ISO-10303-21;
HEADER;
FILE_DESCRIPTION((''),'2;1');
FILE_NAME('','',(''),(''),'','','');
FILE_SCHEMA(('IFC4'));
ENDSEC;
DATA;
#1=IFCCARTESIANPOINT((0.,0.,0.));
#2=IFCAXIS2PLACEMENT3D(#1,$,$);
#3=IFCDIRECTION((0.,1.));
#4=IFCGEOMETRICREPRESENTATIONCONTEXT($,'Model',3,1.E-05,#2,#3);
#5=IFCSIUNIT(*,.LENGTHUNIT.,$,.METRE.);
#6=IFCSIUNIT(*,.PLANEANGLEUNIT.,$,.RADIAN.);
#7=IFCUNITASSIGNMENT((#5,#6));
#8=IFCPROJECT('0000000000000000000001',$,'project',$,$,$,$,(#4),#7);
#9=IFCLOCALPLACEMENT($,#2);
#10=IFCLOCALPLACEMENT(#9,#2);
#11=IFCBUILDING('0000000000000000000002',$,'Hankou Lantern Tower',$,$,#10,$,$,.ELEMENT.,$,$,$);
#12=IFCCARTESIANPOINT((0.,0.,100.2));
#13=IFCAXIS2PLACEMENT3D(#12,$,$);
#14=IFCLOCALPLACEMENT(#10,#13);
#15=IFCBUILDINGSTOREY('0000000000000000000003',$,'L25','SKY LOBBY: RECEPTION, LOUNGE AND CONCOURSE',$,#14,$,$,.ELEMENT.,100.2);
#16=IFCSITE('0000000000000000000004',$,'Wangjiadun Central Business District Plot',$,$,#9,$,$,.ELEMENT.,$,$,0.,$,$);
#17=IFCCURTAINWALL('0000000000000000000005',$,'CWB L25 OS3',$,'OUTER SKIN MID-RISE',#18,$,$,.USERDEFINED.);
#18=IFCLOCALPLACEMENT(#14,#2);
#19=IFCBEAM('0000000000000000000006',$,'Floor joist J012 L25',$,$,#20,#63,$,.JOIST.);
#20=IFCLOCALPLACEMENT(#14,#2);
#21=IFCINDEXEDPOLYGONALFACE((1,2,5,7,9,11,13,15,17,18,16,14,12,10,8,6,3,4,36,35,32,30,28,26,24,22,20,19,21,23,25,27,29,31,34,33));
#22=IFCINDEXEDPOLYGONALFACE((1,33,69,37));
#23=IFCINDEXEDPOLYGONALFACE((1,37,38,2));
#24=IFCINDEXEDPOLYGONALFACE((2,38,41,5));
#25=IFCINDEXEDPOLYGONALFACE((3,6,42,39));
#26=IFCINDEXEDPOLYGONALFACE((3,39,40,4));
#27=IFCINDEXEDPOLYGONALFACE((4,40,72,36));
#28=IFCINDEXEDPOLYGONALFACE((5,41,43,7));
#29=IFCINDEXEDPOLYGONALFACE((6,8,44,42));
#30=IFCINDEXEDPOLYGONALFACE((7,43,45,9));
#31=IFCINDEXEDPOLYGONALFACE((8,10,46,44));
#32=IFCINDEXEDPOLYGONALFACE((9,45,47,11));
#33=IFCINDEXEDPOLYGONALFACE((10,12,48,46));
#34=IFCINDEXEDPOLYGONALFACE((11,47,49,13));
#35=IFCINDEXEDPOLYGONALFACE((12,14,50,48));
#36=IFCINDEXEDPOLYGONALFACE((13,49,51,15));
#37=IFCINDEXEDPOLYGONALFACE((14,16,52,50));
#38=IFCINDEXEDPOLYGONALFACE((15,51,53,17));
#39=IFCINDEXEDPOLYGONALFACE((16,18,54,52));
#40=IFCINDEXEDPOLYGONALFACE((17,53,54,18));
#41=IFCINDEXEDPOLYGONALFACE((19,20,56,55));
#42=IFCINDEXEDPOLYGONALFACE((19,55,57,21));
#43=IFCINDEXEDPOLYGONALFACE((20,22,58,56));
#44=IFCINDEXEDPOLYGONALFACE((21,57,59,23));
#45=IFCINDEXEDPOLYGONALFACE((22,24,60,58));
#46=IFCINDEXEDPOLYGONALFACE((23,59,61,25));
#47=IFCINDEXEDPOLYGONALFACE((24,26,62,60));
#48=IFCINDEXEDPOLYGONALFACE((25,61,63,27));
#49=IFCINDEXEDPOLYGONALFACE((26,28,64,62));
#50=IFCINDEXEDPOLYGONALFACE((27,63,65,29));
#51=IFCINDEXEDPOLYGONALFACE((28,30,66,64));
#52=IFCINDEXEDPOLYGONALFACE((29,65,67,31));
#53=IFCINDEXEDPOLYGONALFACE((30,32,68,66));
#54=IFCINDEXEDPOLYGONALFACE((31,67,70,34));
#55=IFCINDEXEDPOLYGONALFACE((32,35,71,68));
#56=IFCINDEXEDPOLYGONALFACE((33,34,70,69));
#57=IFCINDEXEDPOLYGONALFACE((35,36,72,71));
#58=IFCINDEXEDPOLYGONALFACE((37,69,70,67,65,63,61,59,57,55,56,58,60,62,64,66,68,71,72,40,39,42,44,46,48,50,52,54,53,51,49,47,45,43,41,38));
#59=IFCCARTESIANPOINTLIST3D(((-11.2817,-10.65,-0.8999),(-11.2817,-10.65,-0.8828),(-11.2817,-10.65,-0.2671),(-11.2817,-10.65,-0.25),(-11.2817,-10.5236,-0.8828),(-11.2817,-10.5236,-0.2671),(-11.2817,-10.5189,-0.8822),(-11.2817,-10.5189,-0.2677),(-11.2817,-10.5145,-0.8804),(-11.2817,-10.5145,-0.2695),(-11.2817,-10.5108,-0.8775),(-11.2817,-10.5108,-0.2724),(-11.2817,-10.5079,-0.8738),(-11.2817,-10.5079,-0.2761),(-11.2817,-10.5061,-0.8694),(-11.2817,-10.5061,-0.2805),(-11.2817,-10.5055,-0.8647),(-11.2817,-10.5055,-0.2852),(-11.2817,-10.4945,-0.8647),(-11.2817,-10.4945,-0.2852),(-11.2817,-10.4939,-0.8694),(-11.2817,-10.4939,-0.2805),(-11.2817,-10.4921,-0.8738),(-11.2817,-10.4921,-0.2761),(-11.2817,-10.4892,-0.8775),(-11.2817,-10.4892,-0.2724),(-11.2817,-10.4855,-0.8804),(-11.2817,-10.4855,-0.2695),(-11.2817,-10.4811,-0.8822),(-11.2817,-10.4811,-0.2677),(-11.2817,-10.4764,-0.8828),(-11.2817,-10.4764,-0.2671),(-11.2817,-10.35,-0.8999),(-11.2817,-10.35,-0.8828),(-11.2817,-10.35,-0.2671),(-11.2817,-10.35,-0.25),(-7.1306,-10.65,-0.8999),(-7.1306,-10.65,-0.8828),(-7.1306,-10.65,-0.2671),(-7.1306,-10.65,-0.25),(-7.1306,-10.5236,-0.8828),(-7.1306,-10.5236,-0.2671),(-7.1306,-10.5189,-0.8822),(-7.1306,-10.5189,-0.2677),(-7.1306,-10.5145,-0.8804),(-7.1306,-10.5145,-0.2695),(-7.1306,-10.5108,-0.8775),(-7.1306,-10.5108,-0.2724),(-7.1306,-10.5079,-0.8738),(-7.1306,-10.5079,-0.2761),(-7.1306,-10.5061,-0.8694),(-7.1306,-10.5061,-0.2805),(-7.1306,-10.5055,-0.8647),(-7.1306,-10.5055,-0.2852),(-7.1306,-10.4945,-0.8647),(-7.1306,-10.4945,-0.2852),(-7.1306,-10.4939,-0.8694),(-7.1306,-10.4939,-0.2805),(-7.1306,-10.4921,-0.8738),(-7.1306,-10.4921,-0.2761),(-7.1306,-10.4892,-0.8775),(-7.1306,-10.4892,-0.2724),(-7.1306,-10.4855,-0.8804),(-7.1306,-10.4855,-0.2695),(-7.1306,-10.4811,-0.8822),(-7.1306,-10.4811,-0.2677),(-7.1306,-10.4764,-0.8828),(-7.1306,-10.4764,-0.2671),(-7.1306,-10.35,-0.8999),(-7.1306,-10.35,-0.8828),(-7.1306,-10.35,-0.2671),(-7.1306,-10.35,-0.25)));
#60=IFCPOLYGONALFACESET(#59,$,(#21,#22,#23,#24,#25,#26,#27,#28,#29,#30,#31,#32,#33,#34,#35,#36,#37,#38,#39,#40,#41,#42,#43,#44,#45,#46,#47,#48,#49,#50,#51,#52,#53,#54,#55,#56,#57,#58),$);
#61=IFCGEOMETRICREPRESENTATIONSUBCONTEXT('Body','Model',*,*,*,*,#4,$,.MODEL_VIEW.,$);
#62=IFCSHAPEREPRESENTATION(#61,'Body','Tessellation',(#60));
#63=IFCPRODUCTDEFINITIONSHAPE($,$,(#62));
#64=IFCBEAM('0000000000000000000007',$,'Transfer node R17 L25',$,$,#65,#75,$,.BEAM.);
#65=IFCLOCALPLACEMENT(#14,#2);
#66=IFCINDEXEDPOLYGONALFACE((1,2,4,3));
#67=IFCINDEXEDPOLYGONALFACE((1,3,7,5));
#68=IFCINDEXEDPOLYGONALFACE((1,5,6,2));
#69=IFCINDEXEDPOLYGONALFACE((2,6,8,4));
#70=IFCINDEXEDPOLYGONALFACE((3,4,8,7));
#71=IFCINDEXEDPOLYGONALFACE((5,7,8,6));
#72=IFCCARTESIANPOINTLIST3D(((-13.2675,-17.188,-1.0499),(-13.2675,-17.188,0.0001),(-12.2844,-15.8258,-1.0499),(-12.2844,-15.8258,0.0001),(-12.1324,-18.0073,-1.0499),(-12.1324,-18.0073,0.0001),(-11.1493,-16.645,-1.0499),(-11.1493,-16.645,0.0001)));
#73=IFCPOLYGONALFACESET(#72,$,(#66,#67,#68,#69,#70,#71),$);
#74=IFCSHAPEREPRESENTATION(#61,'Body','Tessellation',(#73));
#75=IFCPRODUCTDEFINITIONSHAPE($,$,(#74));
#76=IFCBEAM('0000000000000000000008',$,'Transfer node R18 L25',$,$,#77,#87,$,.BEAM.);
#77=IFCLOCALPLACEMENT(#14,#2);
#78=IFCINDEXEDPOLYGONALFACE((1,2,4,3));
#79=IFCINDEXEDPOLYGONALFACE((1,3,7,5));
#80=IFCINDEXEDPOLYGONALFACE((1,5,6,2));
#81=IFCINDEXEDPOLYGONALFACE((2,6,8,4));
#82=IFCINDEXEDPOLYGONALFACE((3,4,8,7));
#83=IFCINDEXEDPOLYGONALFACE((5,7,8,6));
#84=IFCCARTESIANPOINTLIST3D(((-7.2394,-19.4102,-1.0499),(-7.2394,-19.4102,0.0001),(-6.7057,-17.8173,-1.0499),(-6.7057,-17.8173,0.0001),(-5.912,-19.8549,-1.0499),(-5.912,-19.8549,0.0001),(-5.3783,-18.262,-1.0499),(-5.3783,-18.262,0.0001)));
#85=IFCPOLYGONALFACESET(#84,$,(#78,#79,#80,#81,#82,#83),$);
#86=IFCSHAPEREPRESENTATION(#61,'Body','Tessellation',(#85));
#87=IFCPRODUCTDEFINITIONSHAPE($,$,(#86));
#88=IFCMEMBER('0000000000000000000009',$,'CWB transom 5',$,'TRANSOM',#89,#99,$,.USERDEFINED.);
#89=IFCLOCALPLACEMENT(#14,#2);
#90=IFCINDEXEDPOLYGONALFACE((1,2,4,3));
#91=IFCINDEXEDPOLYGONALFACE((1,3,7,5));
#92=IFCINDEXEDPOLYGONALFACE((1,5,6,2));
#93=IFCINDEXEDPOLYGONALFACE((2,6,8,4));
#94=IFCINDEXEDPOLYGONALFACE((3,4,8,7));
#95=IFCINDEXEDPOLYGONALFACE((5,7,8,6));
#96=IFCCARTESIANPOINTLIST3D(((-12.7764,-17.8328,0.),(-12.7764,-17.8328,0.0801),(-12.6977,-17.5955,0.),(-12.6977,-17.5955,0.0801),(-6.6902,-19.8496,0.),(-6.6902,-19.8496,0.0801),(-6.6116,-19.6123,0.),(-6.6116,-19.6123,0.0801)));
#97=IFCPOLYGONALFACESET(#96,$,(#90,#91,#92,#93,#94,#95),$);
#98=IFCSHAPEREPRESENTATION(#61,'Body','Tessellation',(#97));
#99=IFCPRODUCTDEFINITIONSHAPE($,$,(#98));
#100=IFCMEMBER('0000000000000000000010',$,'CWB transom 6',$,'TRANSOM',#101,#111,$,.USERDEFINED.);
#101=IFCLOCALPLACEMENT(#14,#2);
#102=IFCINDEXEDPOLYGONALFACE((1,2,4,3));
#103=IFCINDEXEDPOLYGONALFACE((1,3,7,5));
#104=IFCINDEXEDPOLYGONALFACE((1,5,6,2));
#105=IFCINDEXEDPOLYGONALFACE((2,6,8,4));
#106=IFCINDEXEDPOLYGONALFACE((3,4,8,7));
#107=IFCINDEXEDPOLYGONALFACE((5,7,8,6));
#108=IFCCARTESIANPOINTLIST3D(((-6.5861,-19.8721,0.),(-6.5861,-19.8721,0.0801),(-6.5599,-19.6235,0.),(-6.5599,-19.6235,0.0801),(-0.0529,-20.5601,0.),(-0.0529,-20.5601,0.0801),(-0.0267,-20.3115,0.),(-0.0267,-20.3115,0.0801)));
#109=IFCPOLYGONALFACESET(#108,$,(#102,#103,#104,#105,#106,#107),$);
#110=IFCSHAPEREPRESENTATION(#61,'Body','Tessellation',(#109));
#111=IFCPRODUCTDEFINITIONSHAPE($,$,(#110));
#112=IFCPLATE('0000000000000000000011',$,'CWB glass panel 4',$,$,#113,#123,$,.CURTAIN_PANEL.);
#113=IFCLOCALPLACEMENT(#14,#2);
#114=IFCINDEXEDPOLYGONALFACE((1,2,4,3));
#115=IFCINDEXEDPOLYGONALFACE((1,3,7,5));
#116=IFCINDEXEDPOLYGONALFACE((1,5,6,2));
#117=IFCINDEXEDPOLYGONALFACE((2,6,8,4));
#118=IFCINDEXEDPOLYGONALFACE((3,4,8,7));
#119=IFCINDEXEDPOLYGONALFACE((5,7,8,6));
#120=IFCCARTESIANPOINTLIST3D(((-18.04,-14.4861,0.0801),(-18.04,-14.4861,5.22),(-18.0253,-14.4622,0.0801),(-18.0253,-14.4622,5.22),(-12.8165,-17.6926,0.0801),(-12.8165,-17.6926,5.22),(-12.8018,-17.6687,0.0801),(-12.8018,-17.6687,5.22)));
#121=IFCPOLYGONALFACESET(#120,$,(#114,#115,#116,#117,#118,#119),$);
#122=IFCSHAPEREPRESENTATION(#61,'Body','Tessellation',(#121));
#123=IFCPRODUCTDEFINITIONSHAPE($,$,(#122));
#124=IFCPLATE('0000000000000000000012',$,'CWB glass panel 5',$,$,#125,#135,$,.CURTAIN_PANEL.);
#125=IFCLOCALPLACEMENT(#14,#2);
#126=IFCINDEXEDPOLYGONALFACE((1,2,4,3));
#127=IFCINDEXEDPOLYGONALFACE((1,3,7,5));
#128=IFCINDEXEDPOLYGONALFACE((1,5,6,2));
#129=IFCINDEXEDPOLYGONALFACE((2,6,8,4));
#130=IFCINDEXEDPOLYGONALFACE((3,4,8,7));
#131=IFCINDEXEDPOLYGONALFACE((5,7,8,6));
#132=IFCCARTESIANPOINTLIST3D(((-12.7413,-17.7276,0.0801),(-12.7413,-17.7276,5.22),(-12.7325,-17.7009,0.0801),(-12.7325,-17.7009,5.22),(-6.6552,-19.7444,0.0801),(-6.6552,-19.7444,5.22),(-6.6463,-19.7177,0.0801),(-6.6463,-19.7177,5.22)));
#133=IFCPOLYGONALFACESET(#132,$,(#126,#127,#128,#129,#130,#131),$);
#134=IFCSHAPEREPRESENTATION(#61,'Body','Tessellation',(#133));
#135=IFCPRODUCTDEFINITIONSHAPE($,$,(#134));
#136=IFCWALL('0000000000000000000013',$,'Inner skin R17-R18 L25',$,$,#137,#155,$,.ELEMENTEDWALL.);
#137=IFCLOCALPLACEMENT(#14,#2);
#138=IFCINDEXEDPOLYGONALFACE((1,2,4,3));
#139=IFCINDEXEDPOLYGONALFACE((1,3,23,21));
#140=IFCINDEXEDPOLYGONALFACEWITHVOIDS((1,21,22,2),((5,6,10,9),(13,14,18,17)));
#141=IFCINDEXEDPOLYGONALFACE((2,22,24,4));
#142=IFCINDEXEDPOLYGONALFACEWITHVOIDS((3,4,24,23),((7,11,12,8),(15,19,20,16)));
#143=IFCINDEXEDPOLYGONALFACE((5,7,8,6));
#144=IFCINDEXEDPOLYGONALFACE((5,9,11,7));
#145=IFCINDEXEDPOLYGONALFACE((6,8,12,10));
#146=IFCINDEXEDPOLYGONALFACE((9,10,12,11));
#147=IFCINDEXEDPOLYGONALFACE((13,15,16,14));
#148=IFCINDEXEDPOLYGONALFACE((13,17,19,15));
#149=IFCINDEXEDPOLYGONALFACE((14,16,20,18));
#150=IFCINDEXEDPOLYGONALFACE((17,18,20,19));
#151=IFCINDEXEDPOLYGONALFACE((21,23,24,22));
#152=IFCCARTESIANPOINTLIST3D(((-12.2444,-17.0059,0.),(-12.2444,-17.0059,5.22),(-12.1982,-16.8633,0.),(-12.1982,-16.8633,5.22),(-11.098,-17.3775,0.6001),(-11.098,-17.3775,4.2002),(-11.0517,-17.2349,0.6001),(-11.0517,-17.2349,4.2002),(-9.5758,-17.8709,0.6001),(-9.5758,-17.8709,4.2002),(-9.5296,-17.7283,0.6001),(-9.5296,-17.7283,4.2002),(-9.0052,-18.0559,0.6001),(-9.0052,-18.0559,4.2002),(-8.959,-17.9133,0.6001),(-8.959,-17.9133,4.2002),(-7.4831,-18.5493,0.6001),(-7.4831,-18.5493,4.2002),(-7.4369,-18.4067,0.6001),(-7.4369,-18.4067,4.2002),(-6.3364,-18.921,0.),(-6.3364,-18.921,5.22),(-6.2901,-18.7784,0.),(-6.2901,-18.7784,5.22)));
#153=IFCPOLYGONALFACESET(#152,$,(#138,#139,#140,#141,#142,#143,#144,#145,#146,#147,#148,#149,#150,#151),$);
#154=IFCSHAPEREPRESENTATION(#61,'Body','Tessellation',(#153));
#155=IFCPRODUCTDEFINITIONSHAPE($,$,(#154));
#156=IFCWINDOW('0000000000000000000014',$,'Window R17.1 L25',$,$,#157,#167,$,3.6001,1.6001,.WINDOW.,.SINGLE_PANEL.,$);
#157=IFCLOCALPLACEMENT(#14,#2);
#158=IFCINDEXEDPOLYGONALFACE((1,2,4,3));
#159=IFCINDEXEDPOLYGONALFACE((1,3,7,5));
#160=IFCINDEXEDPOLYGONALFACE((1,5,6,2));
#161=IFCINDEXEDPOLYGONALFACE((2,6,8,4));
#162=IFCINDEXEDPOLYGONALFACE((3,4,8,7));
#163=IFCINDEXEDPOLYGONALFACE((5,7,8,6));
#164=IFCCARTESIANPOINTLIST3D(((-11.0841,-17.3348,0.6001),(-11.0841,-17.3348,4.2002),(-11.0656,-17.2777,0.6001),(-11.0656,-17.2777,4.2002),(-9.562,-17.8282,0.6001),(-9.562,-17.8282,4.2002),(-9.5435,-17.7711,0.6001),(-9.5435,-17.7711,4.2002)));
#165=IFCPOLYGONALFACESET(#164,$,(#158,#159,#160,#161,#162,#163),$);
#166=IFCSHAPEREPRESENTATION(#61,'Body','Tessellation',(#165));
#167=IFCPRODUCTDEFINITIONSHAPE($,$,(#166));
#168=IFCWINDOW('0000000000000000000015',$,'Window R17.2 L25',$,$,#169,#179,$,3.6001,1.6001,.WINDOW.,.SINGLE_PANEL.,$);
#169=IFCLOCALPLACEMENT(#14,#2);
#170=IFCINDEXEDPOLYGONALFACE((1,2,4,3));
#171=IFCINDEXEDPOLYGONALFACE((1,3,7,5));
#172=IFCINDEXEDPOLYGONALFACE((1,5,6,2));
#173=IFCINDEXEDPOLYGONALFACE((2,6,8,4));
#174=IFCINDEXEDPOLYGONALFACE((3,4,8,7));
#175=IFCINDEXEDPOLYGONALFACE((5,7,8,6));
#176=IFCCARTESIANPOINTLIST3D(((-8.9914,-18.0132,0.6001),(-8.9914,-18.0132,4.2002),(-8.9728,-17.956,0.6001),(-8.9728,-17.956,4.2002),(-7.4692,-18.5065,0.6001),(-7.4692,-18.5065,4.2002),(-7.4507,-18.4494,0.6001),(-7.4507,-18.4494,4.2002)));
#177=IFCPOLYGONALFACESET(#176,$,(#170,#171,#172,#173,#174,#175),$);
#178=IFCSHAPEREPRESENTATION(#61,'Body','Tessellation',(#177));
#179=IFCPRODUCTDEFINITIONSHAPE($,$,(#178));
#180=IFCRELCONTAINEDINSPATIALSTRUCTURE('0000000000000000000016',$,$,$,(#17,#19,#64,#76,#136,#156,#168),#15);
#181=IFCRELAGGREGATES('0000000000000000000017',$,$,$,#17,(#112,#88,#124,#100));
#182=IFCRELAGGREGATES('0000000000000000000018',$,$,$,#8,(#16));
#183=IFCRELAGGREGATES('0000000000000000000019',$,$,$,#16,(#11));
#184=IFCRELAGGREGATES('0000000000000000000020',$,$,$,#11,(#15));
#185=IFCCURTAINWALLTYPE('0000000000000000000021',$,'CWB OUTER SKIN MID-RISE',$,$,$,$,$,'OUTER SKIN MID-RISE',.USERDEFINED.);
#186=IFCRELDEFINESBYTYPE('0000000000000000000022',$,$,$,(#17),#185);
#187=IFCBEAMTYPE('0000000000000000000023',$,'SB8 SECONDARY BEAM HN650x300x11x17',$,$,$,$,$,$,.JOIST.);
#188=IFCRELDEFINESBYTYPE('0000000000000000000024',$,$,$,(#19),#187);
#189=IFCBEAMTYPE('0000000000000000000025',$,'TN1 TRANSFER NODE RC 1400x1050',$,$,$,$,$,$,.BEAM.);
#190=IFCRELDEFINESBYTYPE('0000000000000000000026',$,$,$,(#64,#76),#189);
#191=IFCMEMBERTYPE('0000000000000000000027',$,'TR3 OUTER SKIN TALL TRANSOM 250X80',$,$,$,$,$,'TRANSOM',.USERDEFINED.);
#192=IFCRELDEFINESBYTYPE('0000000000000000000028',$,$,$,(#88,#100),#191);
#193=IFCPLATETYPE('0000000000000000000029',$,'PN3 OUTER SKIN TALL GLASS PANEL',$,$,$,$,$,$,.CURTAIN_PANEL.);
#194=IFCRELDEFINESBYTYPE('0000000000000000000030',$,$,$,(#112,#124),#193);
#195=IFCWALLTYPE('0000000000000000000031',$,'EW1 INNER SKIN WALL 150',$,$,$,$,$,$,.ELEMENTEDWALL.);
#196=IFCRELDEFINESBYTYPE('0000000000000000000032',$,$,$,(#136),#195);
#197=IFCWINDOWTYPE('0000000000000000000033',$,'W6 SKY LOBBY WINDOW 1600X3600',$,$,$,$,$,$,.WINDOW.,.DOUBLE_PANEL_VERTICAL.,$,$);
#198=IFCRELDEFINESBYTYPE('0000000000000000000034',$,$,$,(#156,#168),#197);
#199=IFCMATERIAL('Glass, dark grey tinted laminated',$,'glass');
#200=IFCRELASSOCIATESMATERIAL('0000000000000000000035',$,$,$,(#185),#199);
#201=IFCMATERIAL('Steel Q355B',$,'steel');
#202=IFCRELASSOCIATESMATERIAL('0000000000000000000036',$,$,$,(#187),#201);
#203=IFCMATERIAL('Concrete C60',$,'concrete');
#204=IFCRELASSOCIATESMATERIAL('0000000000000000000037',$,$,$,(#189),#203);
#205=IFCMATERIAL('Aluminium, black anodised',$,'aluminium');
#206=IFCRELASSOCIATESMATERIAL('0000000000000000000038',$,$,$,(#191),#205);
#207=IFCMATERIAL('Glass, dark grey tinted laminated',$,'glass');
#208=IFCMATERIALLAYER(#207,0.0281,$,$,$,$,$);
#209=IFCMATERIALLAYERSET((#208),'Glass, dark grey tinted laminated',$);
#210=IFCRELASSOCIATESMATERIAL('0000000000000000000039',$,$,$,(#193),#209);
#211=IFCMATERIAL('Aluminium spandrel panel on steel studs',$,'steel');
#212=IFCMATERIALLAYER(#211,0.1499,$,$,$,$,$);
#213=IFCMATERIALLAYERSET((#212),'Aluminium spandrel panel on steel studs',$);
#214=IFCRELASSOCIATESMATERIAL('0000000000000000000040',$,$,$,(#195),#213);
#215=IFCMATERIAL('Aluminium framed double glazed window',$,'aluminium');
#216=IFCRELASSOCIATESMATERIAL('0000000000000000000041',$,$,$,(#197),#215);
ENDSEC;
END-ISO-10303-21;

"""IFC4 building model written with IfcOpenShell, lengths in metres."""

from ifc_helpers import new_model, si_unit, direction, frame, frame_2d, origin, origin_2d, place, context, subcontext, project, spatial, rectangle, i_section, extrude, material, layer, layer_set, material_profile, profile_set, type_object, element, fill, aggregate, save


model = new_model("IFC4")

# Units and contexts
model_context = context("Model", 3, precision=1e-05, world=origin(), true_north=direction((0.0, 1.0)))
body_context = subcontext(model_context, "Body", "Model", "MODEL_VIEW")
ifc_project = project(units=[si_unit("LENGTHUNIT", "METRE"), si_unit("PLANEANGLEUNIT", "RADIAN")], contexts=[model_context])

# Site, building, storey
site_placement = place(None, origin())
site = spatial("IfcSite", under=ifc_project, at=site_placement, Name="Wangjiadun Central Business District Plot", CompositionType="ELEMENT", RefElevation=0.0)
building_placement = place(site_placement, origin())
building = spatial("IfcBuilding", under=site, at=building_placement, Name="Hankou Lantern Tower", CompositionType="ELEMENT")
storey_placement = place(building_placement, frame((0.0, 0.0, 100.2)))
storey = spatial("IfcBuildingStorey", under=building, at=storey_placement, Name="L25", Description="SKY LOBBY: RECEPTION, LOUNGE AND CONCOURSE", CompositionType="ELEMENT", Elevation=100.2)

# Curtain wall
ifc_material_1 = material(Name="Glass, dark grey tinted laminated", Category="glass")
curtain_wall_type = type_object("IfcCurtainWallType", Name="CWB OUTER SKIN MID-RISE", ElementType="OUTER SKIN MID-RISE", PredefinedType="USERDEFINED", material=ifc_material_1)
curtain_wall_placement = place(storey_placement, origin())
curtain_wall = element("IfcCurtainWall", 1, at=curtain_wall_placement, inside=storey, type_object=curtain_wall_type, Name="CWB L25 OS3", ObjectType="OUTER SKIN MID-RISE", PredefinedType="USERDEFINED")

# Beams
ifc_material_2 = material(Name="Steel Q355B", Category="steel")
ifc_material_profile_1 = material_profile(ifc_material_2, i_section(OverallWidth=0.3, OverallDepth=0.6499, WebThickness=0.011, FlangeThickness=0.0171, FilletRadius=0.0181, at=origin_2d()), Name="HN650x300x11x17")
ifc_profile_set_1 = profile_set([ifc_material_profile_1], Name="Steel Q355B")
beam_type_1 = type_object("IfcBeamType", Name="SB8 SECONDARY BEAM HN650x300x11x17", PredefinedType="JOIST", material=ifc_profile_set_1)
beam_1_placement = place(storey_placement, frame((-11.2817, -10.5, -0.575), z_axis=(1.0, 0.0, 0.0), x_axis=(0.0, 1.0, 0.0)))
element("IfcBeam", 2, at=beam_1_placement, inside=storey, type_object=beam_type_1, Name="Floor joist J012 L25", PredefinedType="JOIST", context=body_context, shape_type="SweptSolid", body=[
    extrude(i_section(OverallWidth=0.3, OverallDepth=0.6499, WebThickness=0.011, FlangeThickness=0.0171, FilletRadius=0.0181, at=origin_2d()), origin(), (0.0, 0.0, 1.0), 4.1511),
])
ifc_material_3 = material(Name="Concrete C60", Category="concrete")
ifc_material_profile_2 = material_profile(ifc_material_3, rectangle(XDim=1.3999, YDim=1.05, at=origin_2d()), Name="RC 1400x1050")
ifc_profile_set_2 = profile_set([ifc_material_profile_2], Name="Concrete C60")
beam_type_2 = type_object("IfcBeamType", Name="TN1 TRANSFER NODE RC 1400x1050", PredefinedType="BEAM", material=ifc_profile_set_2)
for number, where, z_axis, x_axis, name in (
    (3, (-12.7, -17.5977, -0.5249), (0.585204, 0.810886, 0.0), (-0.810886, 0.585204, 0.0), "Transfer node R17 L25"),
    (4, (-6.5757, -19.6326, -0.5249), (0.317666, 0.948203, 0.0), (-0.948203, 0.317666, 0.0), "Transfer node R18 L25"),
):
    element("IfcBeam", number, at=place(storey_placement, frame(where, z_axis=z_axis, x_axis=x_axis)), inside=storey, type_object=beam_type_2, Name=name, PredefinedType="BEAM", context=body_context, shape_type="SweptSolid", body=[
        extrude(rectangle(XDim=1.3999, YDim=1.05, at=origin_2d()), origin(), (0.0, 0.0, 1.0), 1.6799),
    ])

# Members
ifc_material_4 = material(Name="Aluminium, black anodised", Category="aluminium")
ifc_material_profile_3 = material_profile(ifc_material_4, rectangle(XDim=0.25, YDim=0.0801, at=origin_2d()), Name="TR3 250X80")
ifc_profile_set_3 = profile_set([ifc_material_profile_3], Name="Aluminium, black anodised")
member_type_1 = type_object("IfcMemberType", Name="TR3 OUTER SKIN TALL TRANSOM 250X80", ElementType="TRANSOM", PredefinedType="USERDEFINED", material=ifc_profile_set_3)
member_1_placement = place(storey_placement, frame((-12.7371, -17.7141, 0.04), z_axis=(0.949238, -0.314559, 0.0), x_axis=(0.314559, 0.949238, 0.0)))
member_1 = element("IfcMember", 5, at=member_1_placement, type_object=member_type_1, Name="CWB transom 5", ObjectType="TRANSOM", PredefinedType="USERDEFINED", context=body_context, shape_type="SweptSolid", body=[
    extrude(rectangle(XDim=0.25, YDim=0.0801, at=origin_2d()), origin(), (0.0, 0.0, 1.0), 6.4116),
])
member_2_placement = place(storey_placement, frame((-6.573, -19.7478, 0.04), z_axis=(0.994501, -0.104727, 0.0), x_axis=(0.104727, 0.994501, 0.0)))
member_2 = element("IfcMember", 6, at=member_2_placement, type_object=member_type_1, Name="CWB transom 6", ObjectType="TRANSOM", PredefinedType="USERDEFINED", context=body_context, shape_type="SweptSolid", body=[
    extrude(rectangle(XDim=0.25, YDim=0.0801, at=origin_2d()), origin(), (0.0, 0.0, 1.0), 6.5693),
])

# Plates
ifc_material_5 = material(Name="Glass, dark grey tinted laminated", Category="glass")
ifc_layer_1 = layer(ifc_material_5, 0.0281)
ifc_layer_set_1 = layer_set([ifc_layer_1], Name="Glass, dark grey tinted laminated")
plate_type = type_object("IfcPlateType", Name="PN3 OUTER SKIN TALL GLASS PANEL", PredefinedType="CURTAIN_PANEL", material=ifc_layer_set_1)
plate_1_placement = place(storey_placement, frame((-15.4209, -16.0774, 0.0801), z_axis=(0.0, 0.0, 1.0), x_axis=(0.852237, -0.523156, 0.0)))
plate_1 = element("IfcPlate", 7, at=plate_1_placement, type_object=plate_type, Name="CWB glass panel 4", PredefinedType="CURTAIN_PANEL", context=body_context, shape_type="SweptSolid", body=[
    extrude(rectangle(XDim=6.1292, YDim=0.0281, at=origin_2d()), origin(), (0.0, 0.0, 1.0), 5.1399),
])
plate_2_placement = place(storey_placement, frame((-9.6938, -18.7227, 0.0801), z_axis=(0.0, 0.0, 1.0), x_axis=(0.949241, -0.314551, 0.0)))
plate_2 = element("IfcPlate", 8, at=plate_2_placement, type_object=plate_type, Name="CWB glass panel 5", PredefinedType="CURTAIN_PANEL", context=body_context, shape_type="SweptSolid", body=[
    extrude(rectangle(XDim=6.4116, YDim=0.0281, at=origin_2d()), origin(), (0.0, 0.0, 1.0), 5.1399),
])
aggregate(curtain_wall, [plate_1, member_1, plate_2, member_2])

# Wall, openings, windows
ifc_material_6 = material(Name="Aluminium spandrel panel on steel studs", Category="steel")
ifc_layer_2 = layer(ifc_material_6, 0.1499)
ifc_layer_set_2 = layer_set([ifc_layer_2], Name="Aluminium spandrel panel on steel studs")
wall_type = type_object("IfcWallType", Name="EW1 INNER SKIN WALL 150", PredefinedType="ELEMENTEDWALL", material=ifc_layer_set_2)
wall_1_placement = place(storey_placement, frame((-12.2214, -16.9346, 0.0), z_axis=(0.0, 0.0, 1.0), x_axis=(0.951273, -0.308351, 0.0)))
wall_1 = element("IfcWall", 9, at=wall_1_placement, inside=storey, type_object=wall_type, Name="Inner skin R17-R18 L25", PredefinedType="ELEMENTEDWALL", context=body_context, shape_type="SweptSolid", body=[
    extrude(rectangle(XDim=6.2107, YDim=0.1499, at=frame_2d((3.1055, 0.0))), origin(), (0.0, 0.0, 1.0), 5.22),
])
opening_1_placement = place(wall_1_placement, frame((1.2053, 0.0, 0.6001)))
opening_1 = element("IfcOpeningElement", 10, at=opening_1_placement, cuts=wall_1, PredefinedType="OPENING", context=body_context, shape_type="SweptSolid", body=[
    extrude(rectangle(XDim=1.6001, YDim=3.6001, at=frame_2d((0.8, 1.8))), frame((0.0, 0.085, 0.0), z_axis=(0.0, -1.0, 0.0), x_axis=(1.0, 0.0, 0.0)), (0.0, 0.0, 1.0), 0.1699),
])
opening_2_placement = place(wall_1_placement, frame((3.4053, 0.0, 0.6001)))
opening_2 = element("IfcOpeningElement", 11, at=opening_2_placement, cuts=wall_1, PredefinedType="OPENING", context=body_context, shape_type="SweptSolid", body=[
    extrude(rectangle(XDim=1.6001, YDim=3.6001, at=frame_2d((0.8, 1.8))), frame((0.0, 0.085, 0.0), z_axis=(0.0, -1.0, 0.0), x_axis=(1.0, 0.0, 0.0)), (0.0, 0.0, 1.0), 0.1699),
])
ifc_material_7 = material(Name="Aluminium framed double glazed window", Category="aluminium")
window_type = type_object("IfcWindowType", Name="W6 SKY LOBBY WINDOW 1600X3600", PartitioningType="DOUBLE_PANEL_VERTICAL", PredefinedType="WINDOW", material=ifc_material_7)
window_1_placement = place(opening_1_placement, origin())
window_1 = element("IfcWindow", 12, at=window_1_placement, inside=storey, type_object=window_type, Name="Window R17.1 L25", OverallHeight=3.6001, OverallWidth=1.6001, PartitioningType="SINGLE_PANEL", PredefinedType="WINDOW", context=body_context, shape_type="SweptSolid", body=[
    extrude(rectangle(XDim=1.6001, YDim=3.6001, at=frame_2d((0.8, 1.8))), frame((0.0, 0.03, 0.0), z_axis=(0.0, -1.0, 0.0), x_axis=(1.0, 0.0, 0.0)), (0.0, 0.0, 1.0), 0.0601),
])
fill(opening_1, window_1)
window_2_placement = place(opening_2_placement, origin())
window_2 = element("IfcWindow", 13, at=window_2_placement, inside=storey, type_object=window_type, Name="Window R17.2 L25", OverallHeight=3.6001, OverallWidth=1.6001, PartitioningType="SINGLE_PANEL", PredefinedType="WINDOW", context=body_context, shape_type="SweptSolid", body=[
    extrude(rectangle(XDim=1.6001, YDim=3.6001, at=frame_2d((0.8, 1.8))), frame((0.0, 0.03, 0.0), z_axis=(0.0, -1.0, 0.0), x_axis=(1.0, 0.0, 0.0)), (0.0, 0.0, 1.0), 0.0601),
])
fill(opening_2, window_2)

save(model, "model.ifc")
